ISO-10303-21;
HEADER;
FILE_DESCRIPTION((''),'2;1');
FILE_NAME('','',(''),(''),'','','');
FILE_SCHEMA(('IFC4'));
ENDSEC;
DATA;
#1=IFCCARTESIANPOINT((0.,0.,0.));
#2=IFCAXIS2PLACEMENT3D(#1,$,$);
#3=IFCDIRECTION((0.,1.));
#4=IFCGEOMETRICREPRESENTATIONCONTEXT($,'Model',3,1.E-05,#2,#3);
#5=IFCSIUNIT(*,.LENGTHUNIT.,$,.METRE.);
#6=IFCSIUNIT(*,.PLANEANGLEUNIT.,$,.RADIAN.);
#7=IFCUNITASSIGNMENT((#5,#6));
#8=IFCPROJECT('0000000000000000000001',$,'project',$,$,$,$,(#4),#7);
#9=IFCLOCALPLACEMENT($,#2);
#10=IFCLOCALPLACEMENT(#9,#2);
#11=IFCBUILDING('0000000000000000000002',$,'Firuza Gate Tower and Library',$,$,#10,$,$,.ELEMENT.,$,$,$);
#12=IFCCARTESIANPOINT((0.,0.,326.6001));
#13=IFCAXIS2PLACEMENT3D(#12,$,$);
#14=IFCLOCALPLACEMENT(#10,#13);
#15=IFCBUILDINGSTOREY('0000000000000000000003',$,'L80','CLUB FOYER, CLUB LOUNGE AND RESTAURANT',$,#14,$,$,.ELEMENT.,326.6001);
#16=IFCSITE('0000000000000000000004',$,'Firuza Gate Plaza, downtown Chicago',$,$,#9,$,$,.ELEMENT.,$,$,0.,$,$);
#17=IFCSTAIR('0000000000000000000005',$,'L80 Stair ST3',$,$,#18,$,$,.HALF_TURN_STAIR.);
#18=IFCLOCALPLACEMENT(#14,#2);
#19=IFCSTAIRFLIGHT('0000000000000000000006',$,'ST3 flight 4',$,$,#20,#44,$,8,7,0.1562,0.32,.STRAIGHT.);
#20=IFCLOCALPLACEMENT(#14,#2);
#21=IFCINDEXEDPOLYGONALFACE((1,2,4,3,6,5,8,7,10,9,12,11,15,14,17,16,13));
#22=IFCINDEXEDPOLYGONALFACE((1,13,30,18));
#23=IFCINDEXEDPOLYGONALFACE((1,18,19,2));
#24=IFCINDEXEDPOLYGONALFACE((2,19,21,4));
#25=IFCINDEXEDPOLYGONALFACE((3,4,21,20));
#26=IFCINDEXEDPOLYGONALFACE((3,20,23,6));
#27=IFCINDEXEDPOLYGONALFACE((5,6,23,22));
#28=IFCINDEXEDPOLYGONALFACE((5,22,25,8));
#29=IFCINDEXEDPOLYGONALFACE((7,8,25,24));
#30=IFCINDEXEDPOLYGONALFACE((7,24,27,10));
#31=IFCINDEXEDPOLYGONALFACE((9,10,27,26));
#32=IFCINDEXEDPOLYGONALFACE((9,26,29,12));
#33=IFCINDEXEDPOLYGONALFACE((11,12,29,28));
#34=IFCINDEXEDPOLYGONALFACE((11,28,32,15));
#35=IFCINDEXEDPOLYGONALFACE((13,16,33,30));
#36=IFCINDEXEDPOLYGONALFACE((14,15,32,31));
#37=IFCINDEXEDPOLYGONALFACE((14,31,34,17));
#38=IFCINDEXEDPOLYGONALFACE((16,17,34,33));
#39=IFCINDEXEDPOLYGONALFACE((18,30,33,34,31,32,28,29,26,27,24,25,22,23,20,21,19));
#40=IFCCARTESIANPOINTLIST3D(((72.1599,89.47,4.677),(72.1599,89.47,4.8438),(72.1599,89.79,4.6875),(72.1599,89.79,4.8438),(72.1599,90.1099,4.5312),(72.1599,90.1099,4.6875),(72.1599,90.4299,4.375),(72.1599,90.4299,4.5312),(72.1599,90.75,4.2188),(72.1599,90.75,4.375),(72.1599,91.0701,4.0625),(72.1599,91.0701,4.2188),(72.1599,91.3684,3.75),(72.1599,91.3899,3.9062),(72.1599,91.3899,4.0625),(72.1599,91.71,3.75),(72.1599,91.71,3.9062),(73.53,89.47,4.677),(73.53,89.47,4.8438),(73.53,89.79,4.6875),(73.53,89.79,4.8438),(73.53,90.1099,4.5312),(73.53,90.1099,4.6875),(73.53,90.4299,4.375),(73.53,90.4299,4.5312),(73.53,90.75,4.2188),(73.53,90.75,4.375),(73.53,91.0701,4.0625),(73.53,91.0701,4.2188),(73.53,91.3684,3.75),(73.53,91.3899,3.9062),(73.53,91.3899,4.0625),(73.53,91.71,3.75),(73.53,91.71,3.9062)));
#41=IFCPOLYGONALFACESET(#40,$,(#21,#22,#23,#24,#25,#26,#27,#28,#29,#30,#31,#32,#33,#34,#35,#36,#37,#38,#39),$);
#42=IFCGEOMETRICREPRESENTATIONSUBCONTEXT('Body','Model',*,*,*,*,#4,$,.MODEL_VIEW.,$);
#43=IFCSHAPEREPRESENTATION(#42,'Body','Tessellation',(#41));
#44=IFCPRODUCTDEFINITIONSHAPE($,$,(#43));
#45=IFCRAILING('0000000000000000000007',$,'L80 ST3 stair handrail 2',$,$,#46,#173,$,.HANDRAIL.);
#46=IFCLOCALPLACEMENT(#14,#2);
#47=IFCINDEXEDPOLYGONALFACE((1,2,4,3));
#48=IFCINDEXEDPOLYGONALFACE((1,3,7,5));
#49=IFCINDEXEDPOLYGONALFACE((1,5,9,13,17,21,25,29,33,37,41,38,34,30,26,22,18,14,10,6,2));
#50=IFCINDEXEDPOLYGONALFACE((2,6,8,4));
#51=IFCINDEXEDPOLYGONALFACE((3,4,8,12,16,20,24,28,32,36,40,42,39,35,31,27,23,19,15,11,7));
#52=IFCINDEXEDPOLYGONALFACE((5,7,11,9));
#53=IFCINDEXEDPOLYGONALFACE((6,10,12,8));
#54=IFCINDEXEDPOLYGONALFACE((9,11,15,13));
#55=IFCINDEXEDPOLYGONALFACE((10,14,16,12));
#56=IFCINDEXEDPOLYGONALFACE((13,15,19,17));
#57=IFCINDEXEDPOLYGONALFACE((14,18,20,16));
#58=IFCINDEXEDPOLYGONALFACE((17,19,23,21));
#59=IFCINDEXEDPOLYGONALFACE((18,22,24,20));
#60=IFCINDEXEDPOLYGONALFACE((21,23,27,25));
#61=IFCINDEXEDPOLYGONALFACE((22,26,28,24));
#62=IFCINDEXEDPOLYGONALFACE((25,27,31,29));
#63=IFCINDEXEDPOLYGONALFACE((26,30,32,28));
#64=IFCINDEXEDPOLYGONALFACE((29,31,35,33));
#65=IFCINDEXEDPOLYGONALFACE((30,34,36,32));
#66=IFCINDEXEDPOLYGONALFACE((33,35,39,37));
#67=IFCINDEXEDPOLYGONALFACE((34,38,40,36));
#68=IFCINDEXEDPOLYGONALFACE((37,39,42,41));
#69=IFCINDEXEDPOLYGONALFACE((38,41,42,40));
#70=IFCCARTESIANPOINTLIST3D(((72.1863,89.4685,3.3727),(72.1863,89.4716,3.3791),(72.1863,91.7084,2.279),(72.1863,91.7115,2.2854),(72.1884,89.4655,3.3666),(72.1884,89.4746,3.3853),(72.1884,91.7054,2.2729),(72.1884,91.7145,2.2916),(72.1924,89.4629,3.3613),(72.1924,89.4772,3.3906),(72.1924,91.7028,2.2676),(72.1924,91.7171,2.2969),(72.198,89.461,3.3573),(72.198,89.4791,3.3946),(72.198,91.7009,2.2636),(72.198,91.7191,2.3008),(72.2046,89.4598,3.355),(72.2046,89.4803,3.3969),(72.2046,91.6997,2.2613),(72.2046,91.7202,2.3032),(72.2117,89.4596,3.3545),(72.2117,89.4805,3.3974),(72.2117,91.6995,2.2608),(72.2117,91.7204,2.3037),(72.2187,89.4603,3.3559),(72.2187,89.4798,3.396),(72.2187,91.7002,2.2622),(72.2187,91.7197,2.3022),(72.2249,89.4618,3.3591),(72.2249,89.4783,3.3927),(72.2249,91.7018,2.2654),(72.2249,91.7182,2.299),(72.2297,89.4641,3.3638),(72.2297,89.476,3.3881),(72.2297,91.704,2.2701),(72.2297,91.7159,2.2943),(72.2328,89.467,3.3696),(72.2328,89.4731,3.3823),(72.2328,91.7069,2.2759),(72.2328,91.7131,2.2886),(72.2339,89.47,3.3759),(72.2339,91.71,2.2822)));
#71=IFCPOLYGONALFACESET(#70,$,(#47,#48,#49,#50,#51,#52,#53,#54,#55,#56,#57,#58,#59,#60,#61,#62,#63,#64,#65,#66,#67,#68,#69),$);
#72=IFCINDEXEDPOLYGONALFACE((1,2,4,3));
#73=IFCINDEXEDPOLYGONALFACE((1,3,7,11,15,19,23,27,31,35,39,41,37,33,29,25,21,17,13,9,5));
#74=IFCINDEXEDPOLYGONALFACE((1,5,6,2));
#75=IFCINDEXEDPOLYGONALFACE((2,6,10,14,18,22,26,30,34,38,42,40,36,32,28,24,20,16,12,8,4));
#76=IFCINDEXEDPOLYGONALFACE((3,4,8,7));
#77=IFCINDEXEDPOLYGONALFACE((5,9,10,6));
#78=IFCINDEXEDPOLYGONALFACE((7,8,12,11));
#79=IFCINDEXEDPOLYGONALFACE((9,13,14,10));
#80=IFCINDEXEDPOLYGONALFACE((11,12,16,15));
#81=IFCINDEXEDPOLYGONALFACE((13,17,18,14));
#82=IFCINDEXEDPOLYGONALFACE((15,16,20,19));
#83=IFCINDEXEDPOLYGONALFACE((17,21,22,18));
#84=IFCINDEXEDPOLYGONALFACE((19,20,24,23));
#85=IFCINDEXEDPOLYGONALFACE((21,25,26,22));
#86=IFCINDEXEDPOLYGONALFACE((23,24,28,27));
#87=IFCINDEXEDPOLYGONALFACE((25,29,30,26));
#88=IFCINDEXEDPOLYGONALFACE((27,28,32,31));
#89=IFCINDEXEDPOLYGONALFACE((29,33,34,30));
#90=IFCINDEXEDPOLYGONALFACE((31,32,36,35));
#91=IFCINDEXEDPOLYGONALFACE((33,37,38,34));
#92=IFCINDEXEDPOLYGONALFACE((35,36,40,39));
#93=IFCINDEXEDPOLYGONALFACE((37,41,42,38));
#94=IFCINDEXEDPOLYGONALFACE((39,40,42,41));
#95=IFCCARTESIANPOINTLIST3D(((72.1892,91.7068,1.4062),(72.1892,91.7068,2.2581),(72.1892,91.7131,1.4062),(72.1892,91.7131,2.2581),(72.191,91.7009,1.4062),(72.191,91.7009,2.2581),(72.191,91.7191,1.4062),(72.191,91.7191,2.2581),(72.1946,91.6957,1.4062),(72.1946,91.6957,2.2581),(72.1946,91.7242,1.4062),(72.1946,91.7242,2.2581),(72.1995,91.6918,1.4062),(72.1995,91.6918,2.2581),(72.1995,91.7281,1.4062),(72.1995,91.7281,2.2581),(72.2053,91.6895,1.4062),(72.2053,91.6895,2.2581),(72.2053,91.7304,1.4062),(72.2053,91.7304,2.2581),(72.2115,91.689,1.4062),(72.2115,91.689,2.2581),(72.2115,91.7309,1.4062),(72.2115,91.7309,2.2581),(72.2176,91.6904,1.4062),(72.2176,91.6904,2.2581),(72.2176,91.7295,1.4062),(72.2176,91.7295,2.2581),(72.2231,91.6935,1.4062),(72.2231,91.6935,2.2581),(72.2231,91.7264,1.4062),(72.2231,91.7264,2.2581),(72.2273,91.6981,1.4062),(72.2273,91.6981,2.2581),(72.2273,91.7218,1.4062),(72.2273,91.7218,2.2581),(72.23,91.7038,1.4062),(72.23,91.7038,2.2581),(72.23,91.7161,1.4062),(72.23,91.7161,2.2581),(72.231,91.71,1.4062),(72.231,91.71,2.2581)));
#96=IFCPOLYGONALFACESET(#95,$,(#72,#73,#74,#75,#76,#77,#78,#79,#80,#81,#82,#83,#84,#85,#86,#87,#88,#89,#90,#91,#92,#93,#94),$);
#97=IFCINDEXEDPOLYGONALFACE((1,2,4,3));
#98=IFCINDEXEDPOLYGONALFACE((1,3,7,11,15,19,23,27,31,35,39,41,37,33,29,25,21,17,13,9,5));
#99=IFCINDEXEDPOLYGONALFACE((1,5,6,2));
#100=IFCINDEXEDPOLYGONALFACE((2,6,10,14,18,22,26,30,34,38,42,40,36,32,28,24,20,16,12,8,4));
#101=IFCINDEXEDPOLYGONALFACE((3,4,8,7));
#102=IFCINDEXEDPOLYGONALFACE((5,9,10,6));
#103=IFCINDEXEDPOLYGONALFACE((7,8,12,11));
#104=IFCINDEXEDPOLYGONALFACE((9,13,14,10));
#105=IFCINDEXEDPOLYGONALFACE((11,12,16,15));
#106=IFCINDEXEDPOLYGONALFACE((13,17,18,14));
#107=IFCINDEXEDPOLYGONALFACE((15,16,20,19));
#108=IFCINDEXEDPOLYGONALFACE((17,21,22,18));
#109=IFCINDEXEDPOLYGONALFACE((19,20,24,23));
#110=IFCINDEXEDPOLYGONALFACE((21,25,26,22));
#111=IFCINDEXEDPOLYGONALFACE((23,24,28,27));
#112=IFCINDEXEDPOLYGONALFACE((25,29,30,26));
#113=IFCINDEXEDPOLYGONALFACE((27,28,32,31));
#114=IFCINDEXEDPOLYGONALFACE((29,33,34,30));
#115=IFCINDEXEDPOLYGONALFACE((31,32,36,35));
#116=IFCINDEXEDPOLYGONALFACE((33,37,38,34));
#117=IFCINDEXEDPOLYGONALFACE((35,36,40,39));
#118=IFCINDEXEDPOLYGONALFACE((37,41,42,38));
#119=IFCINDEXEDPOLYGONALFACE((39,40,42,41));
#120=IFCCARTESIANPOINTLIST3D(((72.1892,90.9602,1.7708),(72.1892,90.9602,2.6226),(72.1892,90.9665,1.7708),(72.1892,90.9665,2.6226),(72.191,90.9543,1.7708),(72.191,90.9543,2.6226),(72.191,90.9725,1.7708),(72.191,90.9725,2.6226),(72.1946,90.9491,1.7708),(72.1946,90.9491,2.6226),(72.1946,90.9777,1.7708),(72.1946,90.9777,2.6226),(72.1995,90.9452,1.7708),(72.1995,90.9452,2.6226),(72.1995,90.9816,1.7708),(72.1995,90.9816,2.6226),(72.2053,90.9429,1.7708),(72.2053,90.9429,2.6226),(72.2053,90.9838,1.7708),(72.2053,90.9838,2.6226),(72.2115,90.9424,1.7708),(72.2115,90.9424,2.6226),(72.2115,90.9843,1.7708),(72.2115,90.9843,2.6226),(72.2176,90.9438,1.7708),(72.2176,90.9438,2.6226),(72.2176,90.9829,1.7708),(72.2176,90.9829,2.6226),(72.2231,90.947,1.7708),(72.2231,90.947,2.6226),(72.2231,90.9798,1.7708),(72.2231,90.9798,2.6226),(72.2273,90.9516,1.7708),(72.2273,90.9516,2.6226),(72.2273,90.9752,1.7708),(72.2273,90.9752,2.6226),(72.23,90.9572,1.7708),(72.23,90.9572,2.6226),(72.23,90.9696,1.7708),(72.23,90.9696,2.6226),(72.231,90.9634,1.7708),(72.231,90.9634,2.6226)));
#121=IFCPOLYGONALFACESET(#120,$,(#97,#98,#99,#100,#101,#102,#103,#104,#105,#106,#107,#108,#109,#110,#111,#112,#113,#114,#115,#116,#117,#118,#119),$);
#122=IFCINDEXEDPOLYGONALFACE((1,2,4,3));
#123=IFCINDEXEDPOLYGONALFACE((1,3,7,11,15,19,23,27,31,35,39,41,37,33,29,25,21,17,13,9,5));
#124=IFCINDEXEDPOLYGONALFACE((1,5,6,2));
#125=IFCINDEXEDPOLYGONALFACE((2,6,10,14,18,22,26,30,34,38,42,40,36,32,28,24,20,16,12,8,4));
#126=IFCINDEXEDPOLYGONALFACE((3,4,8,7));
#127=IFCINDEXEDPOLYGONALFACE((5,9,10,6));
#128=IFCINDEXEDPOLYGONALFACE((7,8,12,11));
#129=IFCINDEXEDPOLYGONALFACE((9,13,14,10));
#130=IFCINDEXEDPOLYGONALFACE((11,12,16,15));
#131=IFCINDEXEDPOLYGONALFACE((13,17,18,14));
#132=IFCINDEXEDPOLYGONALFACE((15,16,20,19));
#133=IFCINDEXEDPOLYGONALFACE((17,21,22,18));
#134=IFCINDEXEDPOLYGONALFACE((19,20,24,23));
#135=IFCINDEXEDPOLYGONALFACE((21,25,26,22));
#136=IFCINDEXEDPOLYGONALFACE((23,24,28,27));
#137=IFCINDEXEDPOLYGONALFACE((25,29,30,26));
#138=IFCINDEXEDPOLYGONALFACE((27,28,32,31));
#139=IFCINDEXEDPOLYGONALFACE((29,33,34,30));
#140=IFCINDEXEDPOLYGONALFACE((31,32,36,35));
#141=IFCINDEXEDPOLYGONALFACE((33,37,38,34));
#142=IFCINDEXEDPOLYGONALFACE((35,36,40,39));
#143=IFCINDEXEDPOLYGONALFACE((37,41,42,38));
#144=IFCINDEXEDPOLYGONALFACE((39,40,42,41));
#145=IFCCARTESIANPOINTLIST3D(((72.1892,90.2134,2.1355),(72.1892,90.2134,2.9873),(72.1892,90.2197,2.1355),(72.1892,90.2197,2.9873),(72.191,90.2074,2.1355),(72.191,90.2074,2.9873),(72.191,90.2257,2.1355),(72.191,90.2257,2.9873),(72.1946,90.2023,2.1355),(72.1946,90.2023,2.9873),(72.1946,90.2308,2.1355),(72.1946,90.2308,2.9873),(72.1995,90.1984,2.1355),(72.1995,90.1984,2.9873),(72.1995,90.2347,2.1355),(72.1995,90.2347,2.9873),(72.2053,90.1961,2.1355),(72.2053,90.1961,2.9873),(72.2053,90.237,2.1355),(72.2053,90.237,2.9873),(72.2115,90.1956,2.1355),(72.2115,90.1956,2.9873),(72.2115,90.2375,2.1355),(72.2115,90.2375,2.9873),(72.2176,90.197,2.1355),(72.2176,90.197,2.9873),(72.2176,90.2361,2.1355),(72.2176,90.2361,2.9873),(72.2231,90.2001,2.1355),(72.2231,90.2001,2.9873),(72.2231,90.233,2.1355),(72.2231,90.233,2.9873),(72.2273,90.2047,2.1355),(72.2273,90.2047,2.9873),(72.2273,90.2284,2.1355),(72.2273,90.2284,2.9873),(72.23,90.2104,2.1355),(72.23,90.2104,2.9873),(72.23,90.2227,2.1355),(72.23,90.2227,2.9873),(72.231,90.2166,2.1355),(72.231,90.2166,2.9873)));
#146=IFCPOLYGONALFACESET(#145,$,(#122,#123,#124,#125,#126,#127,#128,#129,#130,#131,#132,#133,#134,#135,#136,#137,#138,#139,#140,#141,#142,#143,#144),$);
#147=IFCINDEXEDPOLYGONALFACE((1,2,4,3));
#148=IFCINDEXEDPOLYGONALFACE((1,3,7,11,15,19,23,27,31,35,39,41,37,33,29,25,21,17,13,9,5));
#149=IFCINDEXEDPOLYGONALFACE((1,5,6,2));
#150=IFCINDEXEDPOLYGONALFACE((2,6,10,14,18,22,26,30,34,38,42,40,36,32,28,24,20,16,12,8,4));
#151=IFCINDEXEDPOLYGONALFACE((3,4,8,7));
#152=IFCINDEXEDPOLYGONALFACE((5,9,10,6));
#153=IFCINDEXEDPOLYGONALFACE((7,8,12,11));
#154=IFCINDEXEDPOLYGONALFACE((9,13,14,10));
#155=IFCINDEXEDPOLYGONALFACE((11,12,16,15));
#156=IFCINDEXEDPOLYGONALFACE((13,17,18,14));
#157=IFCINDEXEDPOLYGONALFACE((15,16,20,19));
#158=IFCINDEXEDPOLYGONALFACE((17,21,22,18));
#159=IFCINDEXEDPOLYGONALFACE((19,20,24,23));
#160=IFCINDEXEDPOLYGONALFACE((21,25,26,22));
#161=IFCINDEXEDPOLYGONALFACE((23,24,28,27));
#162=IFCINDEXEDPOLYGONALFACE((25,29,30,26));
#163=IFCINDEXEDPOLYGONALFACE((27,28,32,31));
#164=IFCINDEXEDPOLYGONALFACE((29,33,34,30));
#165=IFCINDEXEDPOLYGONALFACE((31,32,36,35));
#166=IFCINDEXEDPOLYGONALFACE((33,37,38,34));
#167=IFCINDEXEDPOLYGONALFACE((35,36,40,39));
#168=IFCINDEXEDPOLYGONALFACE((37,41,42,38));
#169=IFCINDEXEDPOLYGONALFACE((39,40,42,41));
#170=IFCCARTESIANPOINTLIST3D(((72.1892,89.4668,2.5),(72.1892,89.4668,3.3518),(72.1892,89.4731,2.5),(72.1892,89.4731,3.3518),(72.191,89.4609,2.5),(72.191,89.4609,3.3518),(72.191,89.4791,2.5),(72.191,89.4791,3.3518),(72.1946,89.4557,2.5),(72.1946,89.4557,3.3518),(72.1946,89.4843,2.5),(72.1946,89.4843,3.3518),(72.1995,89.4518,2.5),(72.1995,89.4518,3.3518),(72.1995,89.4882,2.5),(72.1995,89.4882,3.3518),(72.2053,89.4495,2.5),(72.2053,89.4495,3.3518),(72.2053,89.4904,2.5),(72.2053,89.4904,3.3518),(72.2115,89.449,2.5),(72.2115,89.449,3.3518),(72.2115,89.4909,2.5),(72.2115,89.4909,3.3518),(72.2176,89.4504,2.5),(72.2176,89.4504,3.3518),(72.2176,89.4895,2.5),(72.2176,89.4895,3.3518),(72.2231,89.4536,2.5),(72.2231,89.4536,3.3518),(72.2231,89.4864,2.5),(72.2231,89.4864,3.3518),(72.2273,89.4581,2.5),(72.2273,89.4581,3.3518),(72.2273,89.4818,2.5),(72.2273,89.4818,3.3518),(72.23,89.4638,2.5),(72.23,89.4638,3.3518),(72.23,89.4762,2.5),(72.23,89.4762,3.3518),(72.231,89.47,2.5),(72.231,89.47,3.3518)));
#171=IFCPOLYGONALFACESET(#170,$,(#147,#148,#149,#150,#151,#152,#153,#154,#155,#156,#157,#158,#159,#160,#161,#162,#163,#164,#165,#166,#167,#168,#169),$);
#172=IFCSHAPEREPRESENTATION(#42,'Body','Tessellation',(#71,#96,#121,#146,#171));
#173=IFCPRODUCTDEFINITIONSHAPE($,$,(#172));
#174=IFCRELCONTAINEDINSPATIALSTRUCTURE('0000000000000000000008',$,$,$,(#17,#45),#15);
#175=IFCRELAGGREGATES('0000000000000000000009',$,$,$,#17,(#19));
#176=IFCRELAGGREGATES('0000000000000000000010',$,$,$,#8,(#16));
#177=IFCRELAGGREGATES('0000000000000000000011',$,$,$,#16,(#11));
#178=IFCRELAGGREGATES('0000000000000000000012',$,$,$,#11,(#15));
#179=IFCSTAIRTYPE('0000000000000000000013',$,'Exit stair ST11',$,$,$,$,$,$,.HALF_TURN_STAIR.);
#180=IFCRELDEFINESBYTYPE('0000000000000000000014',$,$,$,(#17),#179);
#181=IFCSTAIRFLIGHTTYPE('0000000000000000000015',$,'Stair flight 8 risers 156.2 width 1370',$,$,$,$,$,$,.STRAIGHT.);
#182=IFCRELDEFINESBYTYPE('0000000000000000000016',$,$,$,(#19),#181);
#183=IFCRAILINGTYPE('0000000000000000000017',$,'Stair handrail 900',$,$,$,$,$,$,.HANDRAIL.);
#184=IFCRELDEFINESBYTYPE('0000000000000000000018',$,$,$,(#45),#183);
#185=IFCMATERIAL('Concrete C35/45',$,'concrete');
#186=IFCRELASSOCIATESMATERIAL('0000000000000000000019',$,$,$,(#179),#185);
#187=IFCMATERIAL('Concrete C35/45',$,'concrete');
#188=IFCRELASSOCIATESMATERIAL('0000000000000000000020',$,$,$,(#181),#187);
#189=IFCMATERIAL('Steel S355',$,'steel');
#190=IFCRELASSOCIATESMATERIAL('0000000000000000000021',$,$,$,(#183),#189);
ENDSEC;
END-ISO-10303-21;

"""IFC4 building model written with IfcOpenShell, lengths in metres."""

from ifc_helpers import new_model, si_unit, direction, frame, origin, origin_2d, place, context, subcontext, project, spatial, polyline, circle, outline, extrude, material, type_object, element, aggregate, save


model = new_model("IFC4")

# Units and contexts
model_context = context("Model", 3, precision=1e-05, world=origin(), true_north=direction((0.0, 1.0)))
body_context = subcontext(model_context, "Body", "Model", "MODEL_VIEW")
ifc_project = project(units=[si_unit("LENGTHUNIT", "METRE"), si_unit("PLANEANGLEUNIT", "RADIAN")], contexts=[model_context])

# Site, building, storey
site_placement = place(None, origin())
site = spatial("IfcSite", under=ifc_project, at=site_placement, Name="Firuza Gate Plaza, downtown Chicago", CompositionType="ELEMENT", RefElevation=0.0)
building_placement = place(site_placement, origin())
building = spatial("IfcBuilding", under=site, at=building_placement, Name="Firuza Gate Tower and Library", CompositionType="ELEMENT")
storey_placement = place(building_placement, frame((0.0, 0.0, 326.6001)))
storey = spatial("IfcBuildingStorey", under=building, at=storey_placement, Name="L80", Description="CLUB FOYER, CLUB LOUNGE AND RESTAURANT", CompositionType="ELEMENT", Elevation=326.6001)

# Shared definitions
placement = place(storey_placement, origin())

# Stair, stair flight
ifc_material_1 = material(Name="Concrete C35/45", Category="concrete")
stair_type = type_object("IfcStairType", Name="Exit stair ST11", PredefinedType="HALF_TURN_STAIR", material=ifc_material_1)
stair = element("IfcStair", 1, at=placement, inside=storey, type_object=stair_type, Name="L80 Stair ST3", PredefinedType="HALF_TURN_STAIR")
ifc_material_2 = material(Name="Concrete C35/45", Category="concrete")
stair_flight_type = type_object("IfcStairFlightType", Name="Stair flight 8 risers 156.2 width 1370", PredefinedType="STRAIGHT", material=ifc_material_2)
stair_flight_1_placement = place(storey_placement, frame((72.845, 91.71, 3.75), z_axis=(0.0, 0.0, 1.0), x_axis=(0.0, -1.0, 0.0)))
stair_flight_1 = element("IfcStairFlight", 2, at=stair_flight_1_placement, type_object=stair_flight_type, Name="ST3 flight 4", NumberOfRisers=8, NumberOfTreads=7, PredefinedType="STRAIGHT", RiserHeight=0.1562, TreadLength=0.32, context=body_context, shape_type="SweptSolid", body=[
    extrude(outline(polyline([(0.0, 0.0), (0.0, 0.1562), (0.3201, 0.1562), (0.3201, 0.3125), (0.6399, 0.3125), (0.6399, 0.4688), (0.96, 0.4688), (0.96, 0.625), (1.28, 0.625), (1.28, 0.7812), (1.6001, 0.7812), (1.6001, 0.9375), (1.9199, 0.9375), (1.9199, 1.0938), (2.24, 1.0938), (2.24, 1.25), (2.24, 0.927), (0.3416, 0.0), (0.0, 0.0)])), frame((0.0, 0.6851, 0.0), z_axis=(0.0, -1.0, 0.0), x_axis=(1.0, 0.0, 0.0)), (0.0, 0.0, 1.0), 1.3701),
])
aggregate(stair, [stair_flight_1])

# Railing
ifc_material_3 = material(Name="Steel S355", Category="steel")
railing_type = type_object("IfcRailingType", Name="Stair handrail 900", PredefinedType="HANDRAIL", material=ifc_material_3)
for number, where, name in (
    (3, (72.21, 91.71, 1.4062), "L80 ST3 stair handrail 2"),
):
    element("IfcRailing", number, at=place(storey_placement, frame(where)), inside=storey, type_object=railing_type, Name=name, PredefinedType="HANDRAIL", context=body_context, shape_type="SweptSolid", body=[
        extrude(circle(Radius=0.0239, at=origin_2d()), frame((0.0, 0.0, 0.876), z_axis=(0.0, -0.898599, 0.438771), x_axis=(1.0, 0.0, 0.0)), (0.0, 0.0, 1.0), 2.4927),
        extrude(circle(Radius=0.021, at=origin_2d()), origin(), (0.0, 0.0, 1.0), 0.8518),
        extrude(circle(Radius=0.021, at=origin_2d()), frame((0.0, -0.7466, 0.3645)), (0.0, 0.0, 1.0), 0.8518),
        extrude(circle(Radius=0.021, at=origin_2d()), frame((0.0, -1.4934, 0.7292)), (0.0, 0.0, 1.0), 0.8518),
        extrude(circle(Radius=0.021, at=origin_2d()), frame((0.0, -2.24, 1.0938)), (0.0, 0.0, 1.0), 0.8518),
    ])

save(model, "model.ifc")
